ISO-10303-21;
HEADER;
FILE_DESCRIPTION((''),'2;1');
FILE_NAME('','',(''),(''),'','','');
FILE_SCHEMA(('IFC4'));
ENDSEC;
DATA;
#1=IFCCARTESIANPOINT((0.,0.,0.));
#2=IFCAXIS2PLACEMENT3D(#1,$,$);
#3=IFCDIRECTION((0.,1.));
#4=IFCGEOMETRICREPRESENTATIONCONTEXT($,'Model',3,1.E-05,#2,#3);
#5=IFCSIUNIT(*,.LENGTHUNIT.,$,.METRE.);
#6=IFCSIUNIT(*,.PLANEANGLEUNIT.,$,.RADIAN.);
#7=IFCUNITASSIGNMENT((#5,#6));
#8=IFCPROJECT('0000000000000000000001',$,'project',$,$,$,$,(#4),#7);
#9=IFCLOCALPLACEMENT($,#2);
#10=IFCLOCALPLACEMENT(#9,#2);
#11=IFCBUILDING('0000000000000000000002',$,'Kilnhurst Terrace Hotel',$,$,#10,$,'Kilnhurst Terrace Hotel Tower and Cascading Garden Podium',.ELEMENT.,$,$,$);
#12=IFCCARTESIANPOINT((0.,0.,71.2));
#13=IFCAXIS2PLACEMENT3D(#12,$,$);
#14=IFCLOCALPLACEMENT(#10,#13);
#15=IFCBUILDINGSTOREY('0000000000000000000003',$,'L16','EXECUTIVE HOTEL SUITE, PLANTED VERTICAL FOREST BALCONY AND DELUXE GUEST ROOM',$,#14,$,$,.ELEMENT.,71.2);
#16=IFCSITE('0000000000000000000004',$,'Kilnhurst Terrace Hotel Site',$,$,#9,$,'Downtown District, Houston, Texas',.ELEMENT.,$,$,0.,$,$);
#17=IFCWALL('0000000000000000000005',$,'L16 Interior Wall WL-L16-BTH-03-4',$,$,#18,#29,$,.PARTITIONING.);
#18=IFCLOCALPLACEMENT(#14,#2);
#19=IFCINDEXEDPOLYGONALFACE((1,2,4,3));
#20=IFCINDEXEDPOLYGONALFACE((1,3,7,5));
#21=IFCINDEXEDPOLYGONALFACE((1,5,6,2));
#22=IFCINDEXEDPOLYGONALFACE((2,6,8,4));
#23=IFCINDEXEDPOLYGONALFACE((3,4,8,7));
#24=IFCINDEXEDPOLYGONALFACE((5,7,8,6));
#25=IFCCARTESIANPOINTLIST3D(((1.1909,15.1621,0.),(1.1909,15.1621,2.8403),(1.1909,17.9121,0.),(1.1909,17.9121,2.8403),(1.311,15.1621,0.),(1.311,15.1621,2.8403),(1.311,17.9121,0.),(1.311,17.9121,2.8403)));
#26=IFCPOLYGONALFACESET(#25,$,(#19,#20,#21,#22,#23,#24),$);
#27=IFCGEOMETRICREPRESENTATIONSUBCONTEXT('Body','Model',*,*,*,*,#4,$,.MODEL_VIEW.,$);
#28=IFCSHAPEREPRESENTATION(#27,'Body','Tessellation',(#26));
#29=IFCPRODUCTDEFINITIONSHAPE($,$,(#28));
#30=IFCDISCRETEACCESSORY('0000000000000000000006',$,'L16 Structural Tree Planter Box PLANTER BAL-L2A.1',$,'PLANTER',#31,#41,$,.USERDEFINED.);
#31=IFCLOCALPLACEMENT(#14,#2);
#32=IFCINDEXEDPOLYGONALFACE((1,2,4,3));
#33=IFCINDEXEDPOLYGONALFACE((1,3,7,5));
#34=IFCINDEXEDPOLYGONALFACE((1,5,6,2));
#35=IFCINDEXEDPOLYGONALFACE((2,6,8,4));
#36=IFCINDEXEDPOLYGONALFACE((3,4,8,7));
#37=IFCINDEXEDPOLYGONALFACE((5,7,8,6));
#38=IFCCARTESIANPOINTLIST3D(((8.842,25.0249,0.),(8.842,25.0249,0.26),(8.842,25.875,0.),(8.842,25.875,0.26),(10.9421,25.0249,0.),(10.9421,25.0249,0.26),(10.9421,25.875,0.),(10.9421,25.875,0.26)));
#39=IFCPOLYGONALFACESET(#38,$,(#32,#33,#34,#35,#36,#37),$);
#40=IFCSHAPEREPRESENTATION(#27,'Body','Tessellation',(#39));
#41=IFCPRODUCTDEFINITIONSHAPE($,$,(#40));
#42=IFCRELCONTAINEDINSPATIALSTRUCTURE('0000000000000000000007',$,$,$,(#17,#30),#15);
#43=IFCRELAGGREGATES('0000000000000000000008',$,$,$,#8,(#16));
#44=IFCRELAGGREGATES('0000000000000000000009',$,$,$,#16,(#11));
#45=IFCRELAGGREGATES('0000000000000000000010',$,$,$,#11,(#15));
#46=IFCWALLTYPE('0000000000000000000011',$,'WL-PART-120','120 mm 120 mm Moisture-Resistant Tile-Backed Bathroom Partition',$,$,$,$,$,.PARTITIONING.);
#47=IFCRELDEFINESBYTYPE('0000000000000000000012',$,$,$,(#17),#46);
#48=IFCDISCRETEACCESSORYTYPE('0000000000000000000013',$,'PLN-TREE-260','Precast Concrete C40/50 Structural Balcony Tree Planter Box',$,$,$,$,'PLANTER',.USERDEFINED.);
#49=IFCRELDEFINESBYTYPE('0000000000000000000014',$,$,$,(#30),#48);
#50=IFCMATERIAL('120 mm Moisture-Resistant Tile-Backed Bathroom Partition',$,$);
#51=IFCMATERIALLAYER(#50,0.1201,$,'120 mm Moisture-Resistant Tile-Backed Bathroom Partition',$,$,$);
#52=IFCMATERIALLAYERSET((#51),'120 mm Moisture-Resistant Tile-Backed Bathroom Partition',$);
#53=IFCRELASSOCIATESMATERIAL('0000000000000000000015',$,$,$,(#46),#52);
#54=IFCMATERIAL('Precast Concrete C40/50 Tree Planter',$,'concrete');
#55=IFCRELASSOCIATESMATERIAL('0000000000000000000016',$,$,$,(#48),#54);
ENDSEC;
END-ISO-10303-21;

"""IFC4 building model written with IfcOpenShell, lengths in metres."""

from ifc_helpers import new_model, si_unit, direction, frame, frame_2d, origin, origin_2d, place, context, subcontext, project, spatial, rectangle, extrude, material, layer, layer_set, type_object, element, save


model = new_model("IFC4")

# Units and contexts
model_context = context("Model", 3, precision=1e-05, world=origin(), true_north=direction((0.0, 1.0)))
body_context = subcontext(model_context, "Body", "Model", "MODEL_VIEW")
ifc_project = project(units=[si_unit("LENGTHUNIT", "METRE"), si_unit("PLANEANGLEUNIT", "RADIAN")], contexts=[model_context])

# Site, building, storey
site_placement = place(None, origin())
site = spatial("IfcSite", under=ifc_project, at=site_placement, Name="Kilnhurst Terrace Hotel Site", LongName="Downtown District, Houston, Texas", CompositionType="ELEMENT", RefElevation=0.0)
building_placement = place(site_placement, origin())
building = spatial("IfcBuilding", under=site, at=building_placement, Name="Kilnhurst Terrace Hotel", LongName="Kilnhurst Terrace Hotel Tower and Cascading Garden Podium", CompositionType="ELEMENT")
storey_placement = place(building_placement, frame((0.0, 0.0, 71.2)))
storey = spatial("IfcBuildingStorey", under=building, at=storey_placement, Name="L16", Description="EXECUTIVE HOTEL SUITE, PLANTED VERTICAL FOREST BALCONY AND DELUXE GUEST ROOM", CompositionType="ELEMENT", Elevation=71.2)

# Shared definitions
ifc_material_1 = material(Name="120 mm Moisture-Resistant Tile-Backed Bathroom Partition")
ifc_layer_1 = layer(ifc_material_1, 0.1201, Name="120 mm Moisture-Resistant Tile-Backed Bathroom Partition")
ifc_layer_set_1 = layer_set([ifc_layer_1], Name="120 mm Moisture-Resistant Tile-Backed Bathroom Partition")
wall_type_1 = type_object("IfcWallType", Name="WL-PART-120", Description="120 mm 120 mm Moisture-Resistant Tile-Backed Bathroom Partition", PredefinedType="PARTITIONING", material=ifc_layer_set_1)

# Wall
wall_1_placement = place(storey_placement, frame((1.251, 17.9121, 0.0), z_axis=(0.0, 0.0, 1.0), x_axis=(0.0, -1.0, 0.0)))
element("IfcWall", 1, at=wall_1_placement, inside=storey, type_object=wall_type_1, Name="L16 Interior Wall WL-L16-BTH-03-4", PredefinedType="PARTITIONING", context=body_context, shape_type="SweptSolid", body=[
    extrude(rectangle(XDim=2.75, YDim=0.1201, at=frame_2d((1.375, 0.0))), origin(), (0.0, 0.0, 1.0), 2.8403),
])

# Discrete accessory
ifc_material_2 = material(Name="Precast Concrete C40/50 Tree Planter", Category="concrete")
discrete_accessory_type = type_object("IfcDiscreteAccessoryType", Name="PLN-TREE-260", Description="Precast Concrete C40/50 Structural Balcony Tree Planter Box", ElementType="PLANTER", PredefinedType="USERDEFINED", material=ifc_material_2)
discrete_accessory_placement = place(storey_placement, frame((9.8921, 25.45, 0.0), z_axis=(0.0, 0.0, 1.0), x_axis=(-1.0, 0.0, 0.0)))
element("IfcDiscreteAccessory", 2, at=discrete_accessory_placement, inside=storey, type_object=discrete_accessory_type, Name="L16 Structural Tree Planter Box PLANTER BAL-L2A.1", ObjectType="PLANTER", PredefinedType="USERDEFINED", context=body_context, shape_type="SweptSolid", body=[
    extrude(rectangle(XDim=2.1001, YDim=0.8501, at=origin_2d()), origin(), (0.0, 0.0, 1.0), 0.26),
])

save(model, "model.ifc")
